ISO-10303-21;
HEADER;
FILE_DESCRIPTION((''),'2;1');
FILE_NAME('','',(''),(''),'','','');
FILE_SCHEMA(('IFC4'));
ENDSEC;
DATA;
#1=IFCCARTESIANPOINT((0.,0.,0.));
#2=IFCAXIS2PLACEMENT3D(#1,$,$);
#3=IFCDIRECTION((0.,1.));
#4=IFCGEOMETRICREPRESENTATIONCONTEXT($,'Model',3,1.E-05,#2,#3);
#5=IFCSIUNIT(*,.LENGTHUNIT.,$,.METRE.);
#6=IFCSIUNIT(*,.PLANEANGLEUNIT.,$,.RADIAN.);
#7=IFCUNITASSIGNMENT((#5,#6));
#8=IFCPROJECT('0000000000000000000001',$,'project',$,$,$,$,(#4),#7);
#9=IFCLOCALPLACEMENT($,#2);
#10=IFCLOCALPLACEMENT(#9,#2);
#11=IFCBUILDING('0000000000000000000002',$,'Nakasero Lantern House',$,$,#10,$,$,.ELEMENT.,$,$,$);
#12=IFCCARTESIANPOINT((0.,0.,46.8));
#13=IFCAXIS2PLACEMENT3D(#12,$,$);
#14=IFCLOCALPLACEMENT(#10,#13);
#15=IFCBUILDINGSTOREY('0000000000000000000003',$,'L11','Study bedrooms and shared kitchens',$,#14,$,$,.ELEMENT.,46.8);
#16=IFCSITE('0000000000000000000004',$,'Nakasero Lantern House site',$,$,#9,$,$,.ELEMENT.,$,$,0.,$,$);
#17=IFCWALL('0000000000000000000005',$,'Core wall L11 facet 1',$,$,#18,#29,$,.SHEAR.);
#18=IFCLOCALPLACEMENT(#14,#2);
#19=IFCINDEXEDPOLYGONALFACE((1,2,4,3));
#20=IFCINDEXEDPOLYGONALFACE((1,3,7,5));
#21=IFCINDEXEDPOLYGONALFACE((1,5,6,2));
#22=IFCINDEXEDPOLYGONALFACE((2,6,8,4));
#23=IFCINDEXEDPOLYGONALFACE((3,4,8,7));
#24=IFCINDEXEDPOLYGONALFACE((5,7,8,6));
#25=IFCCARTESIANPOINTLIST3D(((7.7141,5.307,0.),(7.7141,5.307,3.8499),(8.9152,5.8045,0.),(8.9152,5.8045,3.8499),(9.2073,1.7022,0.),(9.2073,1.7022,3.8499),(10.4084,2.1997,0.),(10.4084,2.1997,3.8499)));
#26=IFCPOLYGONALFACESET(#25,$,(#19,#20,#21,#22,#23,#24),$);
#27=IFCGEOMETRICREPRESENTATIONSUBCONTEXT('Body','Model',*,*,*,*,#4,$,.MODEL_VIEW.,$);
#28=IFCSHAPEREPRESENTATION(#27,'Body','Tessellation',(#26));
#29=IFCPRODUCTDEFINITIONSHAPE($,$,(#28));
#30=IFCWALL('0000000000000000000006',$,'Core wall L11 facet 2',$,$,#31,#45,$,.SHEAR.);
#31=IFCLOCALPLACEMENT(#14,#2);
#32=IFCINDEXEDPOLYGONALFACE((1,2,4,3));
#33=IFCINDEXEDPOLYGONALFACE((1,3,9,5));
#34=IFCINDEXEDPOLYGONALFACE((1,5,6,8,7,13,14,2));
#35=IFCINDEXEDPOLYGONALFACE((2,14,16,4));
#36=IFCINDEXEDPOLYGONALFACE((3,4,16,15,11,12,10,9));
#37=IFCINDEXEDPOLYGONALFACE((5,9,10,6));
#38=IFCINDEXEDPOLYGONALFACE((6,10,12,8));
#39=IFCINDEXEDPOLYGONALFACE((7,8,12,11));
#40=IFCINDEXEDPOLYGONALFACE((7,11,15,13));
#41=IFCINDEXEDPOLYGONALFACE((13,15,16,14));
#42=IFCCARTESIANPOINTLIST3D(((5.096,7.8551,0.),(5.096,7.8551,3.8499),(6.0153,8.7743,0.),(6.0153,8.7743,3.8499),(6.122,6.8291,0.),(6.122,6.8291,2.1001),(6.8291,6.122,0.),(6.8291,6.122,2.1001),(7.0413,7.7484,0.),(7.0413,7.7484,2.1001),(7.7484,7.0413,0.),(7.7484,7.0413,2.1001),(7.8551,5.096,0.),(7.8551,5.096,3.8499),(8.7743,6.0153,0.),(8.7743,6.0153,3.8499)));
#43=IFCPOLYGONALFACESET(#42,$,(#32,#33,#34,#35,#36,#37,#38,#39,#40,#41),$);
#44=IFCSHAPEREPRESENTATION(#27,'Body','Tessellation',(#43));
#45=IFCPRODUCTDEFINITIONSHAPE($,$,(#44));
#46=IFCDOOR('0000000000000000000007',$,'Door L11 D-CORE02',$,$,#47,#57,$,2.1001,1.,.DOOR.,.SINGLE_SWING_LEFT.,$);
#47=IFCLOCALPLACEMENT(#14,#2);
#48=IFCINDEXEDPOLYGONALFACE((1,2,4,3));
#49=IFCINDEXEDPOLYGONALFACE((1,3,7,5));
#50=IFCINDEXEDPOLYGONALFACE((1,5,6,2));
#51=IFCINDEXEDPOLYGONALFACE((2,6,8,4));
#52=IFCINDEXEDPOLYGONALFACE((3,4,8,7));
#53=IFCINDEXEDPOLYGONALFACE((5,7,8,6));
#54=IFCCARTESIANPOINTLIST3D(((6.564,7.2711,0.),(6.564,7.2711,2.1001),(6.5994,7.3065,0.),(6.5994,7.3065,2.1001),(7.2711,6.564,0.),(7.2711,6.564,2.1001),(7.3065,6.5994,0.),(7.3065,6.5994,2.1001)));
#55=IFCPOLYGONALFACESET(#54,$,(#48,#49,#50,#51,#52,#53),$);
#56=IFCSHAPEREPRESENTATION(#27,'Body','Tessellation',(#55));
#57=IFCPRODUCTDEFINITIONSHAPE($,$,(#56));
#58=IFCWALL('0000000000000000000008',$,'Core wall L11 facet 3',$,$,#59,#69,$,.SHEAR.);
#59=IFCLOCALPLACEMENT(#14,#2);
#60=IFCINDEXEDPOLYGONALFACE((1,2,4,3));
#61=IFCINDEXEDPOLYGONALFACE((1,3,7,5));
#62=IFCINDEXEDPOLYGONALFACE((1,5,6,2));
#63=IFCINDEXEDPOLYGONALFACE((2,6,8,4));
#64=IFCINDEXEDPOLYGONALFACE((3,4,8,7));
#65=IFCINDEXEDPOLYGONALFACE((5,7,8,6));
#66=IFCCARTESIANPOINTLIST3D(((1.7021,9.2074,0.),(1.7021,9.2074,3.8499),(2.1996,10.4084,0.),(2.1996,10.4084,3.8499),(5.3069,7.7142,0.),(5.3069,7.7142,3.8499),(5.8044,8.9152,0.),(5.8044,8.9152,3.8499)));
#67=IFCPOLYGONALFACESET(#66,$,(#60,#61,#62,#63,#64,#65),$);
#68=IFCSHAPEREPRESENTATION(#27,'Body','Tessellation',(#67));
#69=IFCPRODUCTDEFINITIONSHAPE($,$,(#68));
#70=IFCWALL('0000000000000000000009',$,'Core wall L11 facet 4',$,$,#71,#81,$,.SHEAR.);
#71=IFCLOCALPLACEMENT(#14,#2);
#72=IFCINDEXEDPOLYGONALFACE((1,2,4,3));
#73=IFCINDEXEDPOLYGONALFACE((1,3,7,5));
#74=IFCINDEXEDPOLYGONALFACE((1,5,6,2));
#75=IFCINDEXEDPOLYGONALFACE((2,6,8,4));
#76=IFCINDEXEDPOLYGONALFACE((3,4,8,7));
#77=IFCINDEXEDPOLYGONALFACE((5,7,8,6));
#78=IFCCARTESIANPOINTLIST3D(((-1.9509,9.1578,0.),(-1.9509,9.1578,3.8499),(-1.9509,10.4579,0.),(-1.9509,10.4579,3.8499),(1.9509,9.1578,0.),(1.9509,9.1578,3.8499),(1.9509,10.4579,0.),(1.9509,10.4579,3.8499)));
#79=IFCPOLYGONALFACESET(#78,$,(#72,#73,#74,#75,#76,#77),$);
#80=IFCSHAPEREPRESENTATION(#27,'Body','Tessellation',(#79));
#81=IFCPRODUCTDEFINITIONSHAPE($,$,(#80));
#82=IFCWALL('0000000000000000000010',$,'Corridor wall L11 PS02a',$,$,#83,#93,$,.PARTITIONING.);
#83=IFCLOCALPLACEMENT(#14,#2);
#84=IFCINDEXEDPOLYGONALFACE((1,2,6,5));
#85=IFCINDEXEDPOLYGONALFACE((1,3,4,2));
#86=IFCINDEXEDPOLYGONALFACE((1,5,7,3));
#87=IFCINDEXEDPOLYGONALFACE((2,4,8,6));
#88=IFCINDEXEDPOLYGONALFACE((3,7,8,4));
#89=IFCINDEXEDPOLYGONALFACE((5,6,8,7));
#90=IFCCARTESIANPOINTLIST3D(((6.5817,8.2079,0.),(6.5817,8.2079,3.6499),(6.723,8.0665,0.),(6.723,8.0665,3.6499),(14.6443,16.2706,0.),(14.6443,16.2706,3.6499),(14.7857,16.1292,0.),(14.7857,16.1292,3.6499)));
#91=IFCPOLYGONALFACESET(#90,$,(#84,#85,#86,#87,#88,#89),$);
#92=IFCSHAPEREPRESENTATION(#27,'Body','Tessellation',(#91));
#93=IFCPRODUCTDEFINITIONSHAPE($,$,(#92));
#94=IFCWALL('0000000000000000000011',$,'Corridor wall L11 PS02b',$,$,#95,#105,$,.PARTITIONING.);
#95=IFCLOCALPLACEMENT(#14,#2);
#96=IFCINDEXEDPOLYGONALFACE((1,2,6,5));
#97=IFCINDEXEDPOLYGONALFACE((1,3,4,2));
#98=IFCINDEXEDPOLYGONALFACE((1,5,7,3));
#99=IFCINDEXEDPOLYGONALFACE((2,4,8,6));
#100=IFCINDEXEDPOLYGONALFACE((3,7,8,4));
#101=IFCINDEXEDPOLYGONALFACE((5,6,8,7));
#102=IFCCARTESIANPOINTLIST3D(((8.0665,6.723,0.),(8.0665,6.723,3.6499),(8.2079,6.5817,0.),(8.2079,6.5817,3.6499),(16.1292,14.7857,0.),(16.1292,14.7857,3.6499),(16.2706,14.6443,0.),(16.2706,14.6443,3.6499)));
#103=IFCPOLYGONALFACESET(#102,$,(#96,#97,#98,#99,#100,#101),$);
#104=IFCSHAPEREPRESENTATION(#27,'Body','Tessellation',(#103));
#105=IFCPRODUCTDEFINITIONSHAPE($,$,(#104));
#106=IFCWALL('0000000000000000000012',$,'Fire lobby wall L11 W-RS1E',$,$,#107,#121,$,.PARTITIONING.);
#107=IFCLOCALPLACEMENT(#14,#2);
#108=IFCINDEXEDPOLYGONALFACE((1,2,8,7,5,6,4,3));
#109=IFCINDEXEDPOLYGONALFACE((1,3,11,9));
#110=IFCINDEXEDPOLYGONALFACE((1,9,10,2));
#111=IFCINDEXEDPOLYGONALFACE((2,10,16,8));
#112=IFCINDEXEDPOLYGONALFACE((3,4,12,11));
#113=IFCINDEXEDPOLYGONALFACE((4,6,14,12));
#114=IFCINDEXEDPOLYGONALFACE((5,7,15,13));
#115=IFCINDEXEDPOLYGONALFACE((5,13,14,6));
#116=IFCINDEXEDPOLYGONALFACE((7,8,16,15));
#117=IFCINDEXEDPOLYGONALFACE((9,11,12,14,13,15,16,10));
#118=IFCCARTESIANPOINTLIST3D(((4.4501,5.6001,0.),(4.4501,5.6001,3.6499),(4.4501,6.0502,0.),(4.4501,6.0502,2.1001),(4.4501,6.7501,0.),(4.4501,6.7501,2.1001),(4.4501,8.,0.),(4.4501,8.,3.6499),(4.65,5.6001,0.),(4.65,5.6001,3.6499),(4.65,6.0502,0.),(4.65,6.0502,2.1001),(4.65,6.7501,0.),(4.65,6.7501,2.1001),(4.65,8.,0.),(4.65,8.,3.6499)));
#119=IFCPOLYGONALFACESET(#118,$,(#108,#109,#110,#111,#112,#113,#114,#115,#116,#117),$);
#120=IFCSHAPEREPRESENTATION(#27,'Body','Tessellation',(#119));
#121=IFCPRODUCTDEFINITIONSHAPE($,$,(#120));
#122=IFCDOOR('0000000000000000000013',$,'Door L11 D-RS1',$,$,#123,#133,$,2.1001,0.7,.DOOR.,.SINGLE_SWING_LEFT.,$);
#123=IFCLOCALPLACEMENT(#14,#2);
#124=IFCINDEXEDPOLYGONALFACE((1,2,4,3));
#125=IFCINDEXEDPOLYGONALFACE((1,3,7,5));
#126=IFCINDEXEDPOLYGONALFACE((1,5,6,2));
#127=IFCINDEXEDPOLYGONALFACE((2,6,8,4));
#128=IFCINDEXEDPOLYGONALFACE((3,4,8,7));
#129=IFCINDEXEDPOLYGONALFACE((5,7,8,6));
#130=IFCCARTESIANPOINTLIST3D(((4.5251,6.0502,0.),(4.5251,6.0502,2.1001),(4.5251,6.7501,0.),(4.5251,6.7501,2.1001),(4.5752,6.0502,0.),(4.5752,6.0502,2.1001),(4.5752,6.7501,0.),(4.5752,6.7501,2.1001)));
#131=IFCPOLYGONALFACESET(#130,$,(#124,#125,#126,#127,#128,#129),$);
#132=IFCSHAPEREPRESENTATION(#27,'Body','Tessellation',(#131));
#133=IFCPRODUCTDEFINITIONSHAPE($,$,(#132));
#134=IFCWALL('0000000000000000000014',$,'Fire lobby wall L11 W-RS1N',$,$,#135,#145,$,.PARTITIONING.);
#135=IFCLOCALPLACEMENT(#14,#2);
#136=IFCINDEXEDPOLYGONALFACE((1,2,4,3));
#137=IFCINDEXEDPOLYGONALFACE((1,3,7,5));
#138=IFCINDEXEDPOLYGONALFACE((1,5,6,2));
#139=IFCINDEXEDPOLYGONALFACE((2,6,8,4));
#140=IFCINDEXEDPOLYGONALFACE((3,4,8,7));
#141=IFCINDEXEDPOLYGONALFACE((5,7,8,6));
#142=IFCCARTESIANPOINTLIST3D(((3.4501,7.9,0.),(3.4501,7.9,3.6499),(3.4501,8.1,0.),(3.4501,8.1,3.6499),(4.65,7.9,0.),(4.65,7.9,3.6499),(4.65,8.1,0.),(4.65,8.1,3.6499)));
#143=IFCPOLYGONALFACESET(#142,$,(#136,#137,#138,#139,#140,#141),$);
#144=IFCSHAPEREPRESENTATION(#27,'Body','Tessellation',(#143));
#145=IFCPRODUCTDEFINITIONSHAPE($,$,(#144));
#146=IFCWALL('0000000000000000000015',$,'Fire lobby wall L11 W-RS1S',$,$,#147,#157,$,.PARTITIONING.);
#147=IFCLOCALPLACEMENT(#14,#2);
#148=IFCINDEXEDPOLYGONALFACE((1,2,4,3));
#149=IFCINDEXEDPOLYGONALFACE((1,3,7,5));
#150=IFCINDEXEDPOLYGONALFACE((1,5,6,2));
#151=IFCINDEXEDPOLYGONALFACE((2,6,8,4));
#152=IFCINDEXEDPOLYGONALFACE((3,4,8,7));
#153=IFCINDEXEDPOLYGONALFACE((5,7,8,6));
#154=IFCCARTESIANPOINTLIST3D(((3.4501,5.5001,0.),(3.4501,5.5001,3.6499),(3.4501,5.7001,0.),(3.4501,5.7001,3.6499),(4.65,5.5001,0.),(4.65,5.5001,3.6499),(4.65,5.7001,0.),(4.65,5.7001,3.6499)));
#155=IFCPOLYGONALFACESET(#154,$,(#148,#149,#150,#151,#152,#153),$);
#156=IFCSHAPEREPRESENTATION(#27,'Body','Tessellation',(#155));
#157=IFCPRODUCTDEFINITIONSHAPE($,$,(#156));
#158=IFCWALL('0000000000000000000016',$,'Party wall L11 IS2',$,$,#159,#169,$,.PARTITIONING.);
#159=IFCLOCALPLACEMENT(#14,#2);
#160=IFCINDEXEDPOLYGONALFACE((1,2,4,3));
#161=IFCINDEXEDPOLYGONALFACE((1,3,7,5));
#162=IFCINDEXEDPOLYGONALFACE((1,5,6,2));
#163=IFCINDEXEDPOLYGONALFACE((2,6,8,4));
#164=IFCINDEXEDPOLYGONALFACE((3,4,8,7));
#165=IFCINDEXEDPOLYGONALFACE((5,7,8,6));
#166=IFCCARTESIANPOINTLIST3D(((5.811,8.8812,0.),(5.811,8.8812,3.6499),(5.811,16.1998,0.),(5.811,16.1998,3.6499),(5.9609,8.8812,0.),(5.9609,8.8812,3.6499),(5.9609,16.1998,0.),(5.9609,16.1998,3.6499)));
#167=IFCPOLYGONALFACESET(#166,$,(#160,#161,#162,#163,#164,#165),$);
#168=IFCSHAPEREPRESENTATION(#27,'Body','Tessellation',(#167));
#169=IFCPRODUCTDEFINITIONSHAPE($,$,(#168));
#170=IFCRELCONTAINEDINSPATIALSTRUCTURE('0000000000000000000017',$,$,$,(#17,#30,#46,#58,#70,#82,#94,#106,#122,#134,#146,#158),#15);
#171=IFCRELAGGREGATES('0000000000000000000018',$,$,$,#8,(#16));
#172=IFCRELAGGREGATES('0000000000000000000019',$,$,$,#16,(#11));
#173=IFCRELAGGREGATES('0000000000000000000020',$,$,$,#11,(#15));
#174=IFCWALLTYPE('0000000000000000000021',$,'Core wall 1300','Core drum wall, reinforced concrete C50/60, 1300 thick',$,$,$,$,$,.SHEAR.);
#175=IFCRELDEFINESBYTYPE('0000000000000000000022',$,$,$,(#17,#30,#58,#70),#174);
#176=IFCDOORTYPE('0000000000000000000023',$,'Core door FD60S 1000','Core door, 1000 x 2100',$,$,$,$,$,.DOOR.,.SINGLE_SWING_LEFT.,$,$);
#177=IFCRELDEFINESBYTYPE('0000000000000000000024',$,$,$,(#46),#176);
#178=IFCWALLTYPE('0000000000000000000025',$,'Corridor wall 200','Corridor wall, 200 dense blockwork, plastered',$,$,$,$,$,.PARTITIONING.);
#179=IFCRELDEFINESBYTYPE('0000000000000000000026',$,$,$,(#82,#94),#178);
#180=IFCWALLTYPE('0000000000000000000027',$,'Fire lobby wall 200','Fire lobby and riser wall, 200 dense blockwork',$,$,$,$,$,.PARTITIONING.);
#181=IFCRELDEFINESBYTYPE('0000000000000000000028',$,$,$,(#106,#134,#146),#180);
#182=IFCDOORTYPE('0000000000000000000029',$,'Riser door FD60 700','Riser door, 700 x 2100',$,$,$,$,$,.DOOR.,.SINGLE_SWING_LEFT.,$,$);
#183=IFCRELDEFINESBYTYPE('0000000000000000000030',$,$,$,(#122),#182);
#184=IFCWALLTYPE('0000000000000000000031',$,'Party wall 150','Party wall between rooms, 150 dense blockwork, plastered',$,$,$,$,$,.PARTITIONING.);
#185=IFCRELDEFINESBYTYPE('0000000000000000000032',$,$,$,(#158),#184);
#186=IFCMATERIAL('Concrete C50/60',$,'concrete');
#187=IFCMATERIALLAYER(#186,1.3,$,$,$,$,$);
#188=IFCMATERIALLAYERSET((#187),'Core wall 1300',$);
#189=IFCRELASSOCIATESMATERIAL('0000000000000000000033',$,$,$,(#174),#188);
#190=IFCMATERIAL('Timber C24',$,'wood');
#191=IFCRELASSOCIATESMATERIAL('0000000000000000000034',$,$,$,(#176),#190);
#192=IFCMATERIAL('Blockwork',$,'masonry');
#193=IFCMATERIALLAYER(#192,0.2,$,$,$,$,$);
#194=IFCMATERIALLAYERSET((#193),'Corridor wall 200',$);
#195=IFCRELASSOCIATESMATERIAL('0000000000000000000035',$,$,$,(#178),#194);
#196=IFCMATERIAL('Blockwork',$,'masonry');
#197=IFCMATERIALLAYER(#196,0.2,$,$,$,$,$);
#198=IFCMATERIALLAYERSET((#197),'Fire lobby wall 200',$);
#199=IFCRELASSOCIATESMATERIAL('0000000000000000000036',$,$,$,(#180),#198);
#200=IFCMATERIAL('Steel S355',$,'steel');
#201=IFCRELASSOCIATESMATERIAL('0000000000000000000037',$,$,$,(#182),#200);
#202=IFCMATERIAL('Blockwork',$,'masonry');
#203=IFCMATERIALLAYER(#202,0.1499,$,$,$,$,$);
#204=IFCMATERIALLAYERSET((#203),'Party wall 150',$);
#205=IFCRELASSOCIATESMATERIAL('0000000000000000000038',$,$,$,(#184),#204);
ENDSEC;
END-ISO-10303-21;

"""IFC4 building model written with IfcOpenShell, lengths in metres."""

from ifc_helpers import new_model, si_unit, direction, frame, frame_2d, origin, place, context, subcontext, project, spatial, rectangle, extrude, material, layer, layer_set, type_object, element, fill, save


model = new_model("IFC4")

# Units and contexts
model_context = context("Model", 3, precision=1e-05, world=origin(), true_north=direction((0.0, 1.0)))
body_context = subcontext(model_context, "Body", "Model", "MODEL_VIEW")
ifc_project = project(units=[si_unit("LENGTHUNIT", "METRE"), si_unit("PLANEANGLEUNIT", "RADIAN")], contexts=[model_context])

# Site, building, storey
site_placement = place(None, origin())
site = spatial("IfcSite", under=ifc_project, at=site_placement, Name="Nakasero Lantern House site", CompositionType="ELEMENT", RefElevation=0.0)
building_placement = place(site_placement, origin())
building = spatial("IfcBuilding", under=site, at=building_placement, Name="Nakasero Lantern House", CompositionType="ELEMENT")
storey_placement = place(building_placement, frame((0.0, 0.0, 46.8)))
storey = spatial("IfcBuildingStorey", under=building, at=storey_placement, Name="L11", Description="Study bedrooms and shared kitchens", CompositionType="ELEMENT", Elevation=46.8)

# Wall
ifc_material_1 = material(Name="Concrete C50/60", Category="concrete")
ifc_layer_1 = layer(ifc_material_1, 1.3)
ifc_layer_set_1 = layer_set([ifc_layer_1], Name="Core wall 1300")
wall_type_1 = type_object("IfcWallType", Name="Core wall 1300", Description="Core drum wall, reinforced concrete C50/60, 1300 thick", PredefinedType="SHEAR", material=ifc_layer_set_1)
wall_1_placement = place(storey_placement, frame((9.8079, 1.9509, 0.0), z_axis=(0.0, 0.0, 1.0), x_axis=(-0.382691, 0.923877, 0.0)))
element("IfcWall", 1, at=wall_1_placement, inside=storey, type_object=wall_type_1, Name="Core wall L11 facet 1", PredefinedType="SHEAR", context=body_context, shape_type="SweptSolid", body=[
    extrude(rectangle(XDim=3.9019, YDim=1.3, at=frame_2d((1.9509, 0.0))), origin(), (0.0, 0.0, 1.0), 3.8499),
])

# Wall, opening, door
wall_2_placement = place(storey_placement, frame((8.3147, 5.5557, 0.0), z_axis=(0.0, 0.0, 1.0), x_axis=(-0.707107, 0.707107, 0.0)))
wall_2 = element("IfcWall", 2, at=wall_2_placement, inside=storey, type_object=wall_type_1, Name="Core wall L11 facet 2", PredefinedType="SHEAR", context=body_context, shape_type="SweptSolid", body=[
    extrude(rectangle(XDim=3.9019, YDim=1.3, at=frame_2d((1.9509, 0.0))), origin(), (0.0, 0.0, 1.0), 3.8499),
])
opening_1_placement = place(wall_2_placement, frame((1.4509, 0.0, 0.0)))
opening_1 = element("IfcOpeningElement", 3, at=opening_1_placement, cuts=wall_2, PredefinedType="OPENING", context=body_context, shape_type="SweptSolid", body=[
    extrude(rectangle(XDim=1.0, YDim=2.1001, at=frame_2d((0.5, 1.05))), frame((0.0, 0.6699, 0.0), z_axis=(0.0, -1.0, 0.0), x_axis=(1.0, 0.0, 0.0)), (0.0, 0.0, 1.0), 1.3401),
])
ifc_material_2 = material(Name="Timber C24", Category="wood")
door_type_1 = type_object("IfcDoorType", Name="Core door FD60S 1000", Description="Core door, 1000 x 2100", OperationType="SINGLE_SWING_LEFT", PredefinedType="DOOR", material=ifc_material_2)
door_1_placement = place(opening_1_placement, origin())
door_1 = element("IfcDoor", 4, at=door_1_placement, inside=storey, type_object=door_type_1, Name="Door L11 D-CORE02", OperationType="SINGLE_SWING_LEFT", OverallHeight=2.1001, OverallWidth=1.0, PredefinedType="DOOR", context=body_context, shape_type="SweptSolid", body=[
    extrude(rectangle(XDim=1.0, YDim=2.1001, at=frame_2d((0.5, 1.05))), frame((0.0, 0.0249, 0.0), z_axis=(0.0, -1.0, 0.0), x_axis=(1.0, 0.0, 0.0)), (0.0, 0.0, 1.0), 0.05),
])
fill(opening_1, door_1)

# Walls
for number, where, z_axis, x_axis, name in (
    (5, (5.5557, 8.3147, 0.0), (0.0, 0.0, 1.0), (-0.923877, 0.382691, 0.0), "Core wall L11 facet 3"),
    (6, (1.9509, 9.8079, 0.0), (0.0, 0.0, 1.0), (-1.0, 0.0, 0.0), "Core wall L11 facet 4"),
):
    element("IfcWall", number, at=place(storey_placement, frame(where, z_axis=z_axis, x_axis=x_axis)), inside=storey, type_object=wall_type_1, Name=name, PredefinedType="SHEAR", context=body_context, shape_type="SweptSolid", body=[
        extrude(rectangle(XDim=3.9019, YDim=1.3, at=frame_2d((1.9509, 0.0))), origin(), (0.0, 0.0, 1.0), 3.8499),
    ])
ifc_material_3 = material(Name="Blockwork", Category="masonry")
ifc_layer_2 = layer(ifc_material_3, 0.2)
ifc_layer_set_2 = layer_set([ifc_layer_2], Name="Corridor wall 200")
wall_type_2 = type_object("IfcWallType", Name="Corridor wall 200", Description="Corridor wall, 200 dense blockwork, plastered", PredefinedType="PARTITIONING", material=ifc_layer_set_2)
for number, where, z_axis, x_axis, name in (
    (7, (6.6523, 8.1372, 0.0), (0.0, 0.0, 1.0), (0.707107, 0.707107, 0.0), "Corridor wall L11 PS02a"),
    (8, (8.1372, 6.6523, 0.0), (0.0, 0.0, 1.0), (0.707107, 0.707107, 0.0), "Corridor wall L11 PS02b"),
):
    element("IfcWall", number, at=place(storey_placement, frame(where, z_axis=z_axis, x_axis=x_axis)), inside=storey, type_object=wall_type_2, Name=name, PredefinedType="PARTITIONING", context=body_context, shape_type="SweptSolid", body=[
        extrude(rectangle(XDim=11.4023, YDim=0.2, at=frame_2d((5.7012, 0.0))), origin(), (0.0, 0.0, 1.0), 3.6499),
    ])

# Wall, opening, door
ifc_material_4 = material(Name="Blockwork", Category="masonry")
ifc_layer_3 = layer(ifc_material_4, 0.2)
ifc_layer_set_3 = layer_set([ifc_layer_3], Name="Fire lobby wall 200")
wall_type_3 = type_object("IfcWallType", Name="Fire lobby wall 200", Description="Fire lobby and riser wall, 200 dense blockwork", PredefinedType="PARTITIONING", material=ifc_layer_set_3)
wall_3_placement = place(storey_placement, frame((4.55, 5.6001, 0.0), z_axis=(0.0, 0.0, 1.0), x_axis=(0.0, 1.0, 0.0)))
wall_3 = element("IfcWall", 9, at=wall_3_placement, inside=storey, type_object=wall_type_3, Name="Fire lobby wall L11 W-RS1E", PredefinedType="PARTITIONING", context=body_context, shape_type="SweptSolid", body=[
    extrude(rectangle(XDim=2.3999, YDim=0.2, at=frame_2d((1.2, 0.0))), origin(), (0.0, 0.0, 1.0), 3.6499),
])
opening_2_placement = place(wall_3_placement, frame((0.45, 0.0, 0.0)))
opening_2 = element("IfcOpeningElement", 10, at=opening_2_placement, cuts=wall_3, PredefinedType="OPENING", context=body_context, shape_type="SweptSolid", body=[
    extrude(rectangle(XDim=0.7, YDim=2.1001, at=frame_2d((0.3501, 1.05))), frame((0.0, 0.1199, 0.0), z_axis=(0.0, -1.0, 0.0), x_axis=(1.0, 0.0, 0.0)), (0.0, 0.0, 1.0), 0.24),
])
ifc_material_5 = material(Name="Steel S355", Category="steel")
door_type_2 = type_object("IfcDoorType", Name="Riser door FD60 700", Description="Riser door, 700 x 2100", OperationType="SINGLE_SWING_LEFT", PredefinedType="DOOR", material=ifc_material_5)
door_2_placement = place(opening_2_placement, origin())
door_2 = element("IfcDoor", 11, at=door_2_placement, inside=storey, type_object=door_type_2, Name="Door L11 D-RS1", OperationType="SINGLE_SWING_LEFT", OverallHeight=2.1001, OverallWidth=0.7, PredefinedType="DOOR", context=body_context, shape_type="SweptSolid", body=[
    extrude(rectangle(XDim=0.7, YDim=2.1001, at=frame_2d((0.3501, 1.05))), frame((0.0, 0.0249, 0.0), z_axis=(0.0, -1.0, 0.0), x_axis=(1.0, 0.0, 0.0)), (0.0, 0.0, 1.0), 0.05),
])
fill(opening_2, door_2)

# Walls
for number, where, z_axis, x_axis, name in (
    (12, (3.45, 8.0, 0.0), (0.0, 0.0, 1.0), (1.0, 0.0, 0.0), "Fire lobby wall L11 W-RS1N"),
    (13, (3.45, 5.6001, 0.0), (0.0, 0.0, 1.0), (1.0, 0.0, 0.0), "Fire lobby wall L11 W-RS1S"),
):
    element("IfcWall", number, at=place(storey_placement, frame(where, z_axis=z_axis, x_axis=x_axis)), inside=storey, type_object=wall_type_3, Name=name, PredefinedType="PARTITIONING", context=body_context, shape_type="SweptSolid", body=[
        extrude(rectangle(XDim=1.2, YDim=0.2, at=frame_2d((0.6001, 0.0))), origin(), (0.0, 0.0, 1.0), 3.6499),
    ])
ifc_material_6 = material(Name="Blockwork", Category="masonry")
ifc_layer_4 = layer(ifc_material_6, 0.1499)
ifc_layer_set_4 = layer_set([ifc_layer_4], Name="Party wall 150")
wall_type_4 = type_object("IfcWallType", Name="Party wall 150", Description="Party wall between rooms, 150 dense blockwork, plastered", PredefinedType="PARTITIONING", material=ifc_layer_set_4)
wall_4_placement = place(storey_placement, frame((5.886, 8.8813, 0.0), z_axis=(0.0, 0.0, 1.0), x_axis=(0.0, 1.0, 0.0)))
element("IfcWall", 14, at=wall_4_placement, inside=storey, type_object=wall_type_4, Name="Party wall L11 IS2", PredefinedType="PARTITIONING", context=body_context, shape_type="SweptSolid", body=[
    extrude(rectangle(XDim=7.3186, YDim=0.1499, at=frame_2d((3.6592, 0.0))), origin(), (0.0, 0.0, 1.0), 3.6499),
])

save(model, "model.ifc")
